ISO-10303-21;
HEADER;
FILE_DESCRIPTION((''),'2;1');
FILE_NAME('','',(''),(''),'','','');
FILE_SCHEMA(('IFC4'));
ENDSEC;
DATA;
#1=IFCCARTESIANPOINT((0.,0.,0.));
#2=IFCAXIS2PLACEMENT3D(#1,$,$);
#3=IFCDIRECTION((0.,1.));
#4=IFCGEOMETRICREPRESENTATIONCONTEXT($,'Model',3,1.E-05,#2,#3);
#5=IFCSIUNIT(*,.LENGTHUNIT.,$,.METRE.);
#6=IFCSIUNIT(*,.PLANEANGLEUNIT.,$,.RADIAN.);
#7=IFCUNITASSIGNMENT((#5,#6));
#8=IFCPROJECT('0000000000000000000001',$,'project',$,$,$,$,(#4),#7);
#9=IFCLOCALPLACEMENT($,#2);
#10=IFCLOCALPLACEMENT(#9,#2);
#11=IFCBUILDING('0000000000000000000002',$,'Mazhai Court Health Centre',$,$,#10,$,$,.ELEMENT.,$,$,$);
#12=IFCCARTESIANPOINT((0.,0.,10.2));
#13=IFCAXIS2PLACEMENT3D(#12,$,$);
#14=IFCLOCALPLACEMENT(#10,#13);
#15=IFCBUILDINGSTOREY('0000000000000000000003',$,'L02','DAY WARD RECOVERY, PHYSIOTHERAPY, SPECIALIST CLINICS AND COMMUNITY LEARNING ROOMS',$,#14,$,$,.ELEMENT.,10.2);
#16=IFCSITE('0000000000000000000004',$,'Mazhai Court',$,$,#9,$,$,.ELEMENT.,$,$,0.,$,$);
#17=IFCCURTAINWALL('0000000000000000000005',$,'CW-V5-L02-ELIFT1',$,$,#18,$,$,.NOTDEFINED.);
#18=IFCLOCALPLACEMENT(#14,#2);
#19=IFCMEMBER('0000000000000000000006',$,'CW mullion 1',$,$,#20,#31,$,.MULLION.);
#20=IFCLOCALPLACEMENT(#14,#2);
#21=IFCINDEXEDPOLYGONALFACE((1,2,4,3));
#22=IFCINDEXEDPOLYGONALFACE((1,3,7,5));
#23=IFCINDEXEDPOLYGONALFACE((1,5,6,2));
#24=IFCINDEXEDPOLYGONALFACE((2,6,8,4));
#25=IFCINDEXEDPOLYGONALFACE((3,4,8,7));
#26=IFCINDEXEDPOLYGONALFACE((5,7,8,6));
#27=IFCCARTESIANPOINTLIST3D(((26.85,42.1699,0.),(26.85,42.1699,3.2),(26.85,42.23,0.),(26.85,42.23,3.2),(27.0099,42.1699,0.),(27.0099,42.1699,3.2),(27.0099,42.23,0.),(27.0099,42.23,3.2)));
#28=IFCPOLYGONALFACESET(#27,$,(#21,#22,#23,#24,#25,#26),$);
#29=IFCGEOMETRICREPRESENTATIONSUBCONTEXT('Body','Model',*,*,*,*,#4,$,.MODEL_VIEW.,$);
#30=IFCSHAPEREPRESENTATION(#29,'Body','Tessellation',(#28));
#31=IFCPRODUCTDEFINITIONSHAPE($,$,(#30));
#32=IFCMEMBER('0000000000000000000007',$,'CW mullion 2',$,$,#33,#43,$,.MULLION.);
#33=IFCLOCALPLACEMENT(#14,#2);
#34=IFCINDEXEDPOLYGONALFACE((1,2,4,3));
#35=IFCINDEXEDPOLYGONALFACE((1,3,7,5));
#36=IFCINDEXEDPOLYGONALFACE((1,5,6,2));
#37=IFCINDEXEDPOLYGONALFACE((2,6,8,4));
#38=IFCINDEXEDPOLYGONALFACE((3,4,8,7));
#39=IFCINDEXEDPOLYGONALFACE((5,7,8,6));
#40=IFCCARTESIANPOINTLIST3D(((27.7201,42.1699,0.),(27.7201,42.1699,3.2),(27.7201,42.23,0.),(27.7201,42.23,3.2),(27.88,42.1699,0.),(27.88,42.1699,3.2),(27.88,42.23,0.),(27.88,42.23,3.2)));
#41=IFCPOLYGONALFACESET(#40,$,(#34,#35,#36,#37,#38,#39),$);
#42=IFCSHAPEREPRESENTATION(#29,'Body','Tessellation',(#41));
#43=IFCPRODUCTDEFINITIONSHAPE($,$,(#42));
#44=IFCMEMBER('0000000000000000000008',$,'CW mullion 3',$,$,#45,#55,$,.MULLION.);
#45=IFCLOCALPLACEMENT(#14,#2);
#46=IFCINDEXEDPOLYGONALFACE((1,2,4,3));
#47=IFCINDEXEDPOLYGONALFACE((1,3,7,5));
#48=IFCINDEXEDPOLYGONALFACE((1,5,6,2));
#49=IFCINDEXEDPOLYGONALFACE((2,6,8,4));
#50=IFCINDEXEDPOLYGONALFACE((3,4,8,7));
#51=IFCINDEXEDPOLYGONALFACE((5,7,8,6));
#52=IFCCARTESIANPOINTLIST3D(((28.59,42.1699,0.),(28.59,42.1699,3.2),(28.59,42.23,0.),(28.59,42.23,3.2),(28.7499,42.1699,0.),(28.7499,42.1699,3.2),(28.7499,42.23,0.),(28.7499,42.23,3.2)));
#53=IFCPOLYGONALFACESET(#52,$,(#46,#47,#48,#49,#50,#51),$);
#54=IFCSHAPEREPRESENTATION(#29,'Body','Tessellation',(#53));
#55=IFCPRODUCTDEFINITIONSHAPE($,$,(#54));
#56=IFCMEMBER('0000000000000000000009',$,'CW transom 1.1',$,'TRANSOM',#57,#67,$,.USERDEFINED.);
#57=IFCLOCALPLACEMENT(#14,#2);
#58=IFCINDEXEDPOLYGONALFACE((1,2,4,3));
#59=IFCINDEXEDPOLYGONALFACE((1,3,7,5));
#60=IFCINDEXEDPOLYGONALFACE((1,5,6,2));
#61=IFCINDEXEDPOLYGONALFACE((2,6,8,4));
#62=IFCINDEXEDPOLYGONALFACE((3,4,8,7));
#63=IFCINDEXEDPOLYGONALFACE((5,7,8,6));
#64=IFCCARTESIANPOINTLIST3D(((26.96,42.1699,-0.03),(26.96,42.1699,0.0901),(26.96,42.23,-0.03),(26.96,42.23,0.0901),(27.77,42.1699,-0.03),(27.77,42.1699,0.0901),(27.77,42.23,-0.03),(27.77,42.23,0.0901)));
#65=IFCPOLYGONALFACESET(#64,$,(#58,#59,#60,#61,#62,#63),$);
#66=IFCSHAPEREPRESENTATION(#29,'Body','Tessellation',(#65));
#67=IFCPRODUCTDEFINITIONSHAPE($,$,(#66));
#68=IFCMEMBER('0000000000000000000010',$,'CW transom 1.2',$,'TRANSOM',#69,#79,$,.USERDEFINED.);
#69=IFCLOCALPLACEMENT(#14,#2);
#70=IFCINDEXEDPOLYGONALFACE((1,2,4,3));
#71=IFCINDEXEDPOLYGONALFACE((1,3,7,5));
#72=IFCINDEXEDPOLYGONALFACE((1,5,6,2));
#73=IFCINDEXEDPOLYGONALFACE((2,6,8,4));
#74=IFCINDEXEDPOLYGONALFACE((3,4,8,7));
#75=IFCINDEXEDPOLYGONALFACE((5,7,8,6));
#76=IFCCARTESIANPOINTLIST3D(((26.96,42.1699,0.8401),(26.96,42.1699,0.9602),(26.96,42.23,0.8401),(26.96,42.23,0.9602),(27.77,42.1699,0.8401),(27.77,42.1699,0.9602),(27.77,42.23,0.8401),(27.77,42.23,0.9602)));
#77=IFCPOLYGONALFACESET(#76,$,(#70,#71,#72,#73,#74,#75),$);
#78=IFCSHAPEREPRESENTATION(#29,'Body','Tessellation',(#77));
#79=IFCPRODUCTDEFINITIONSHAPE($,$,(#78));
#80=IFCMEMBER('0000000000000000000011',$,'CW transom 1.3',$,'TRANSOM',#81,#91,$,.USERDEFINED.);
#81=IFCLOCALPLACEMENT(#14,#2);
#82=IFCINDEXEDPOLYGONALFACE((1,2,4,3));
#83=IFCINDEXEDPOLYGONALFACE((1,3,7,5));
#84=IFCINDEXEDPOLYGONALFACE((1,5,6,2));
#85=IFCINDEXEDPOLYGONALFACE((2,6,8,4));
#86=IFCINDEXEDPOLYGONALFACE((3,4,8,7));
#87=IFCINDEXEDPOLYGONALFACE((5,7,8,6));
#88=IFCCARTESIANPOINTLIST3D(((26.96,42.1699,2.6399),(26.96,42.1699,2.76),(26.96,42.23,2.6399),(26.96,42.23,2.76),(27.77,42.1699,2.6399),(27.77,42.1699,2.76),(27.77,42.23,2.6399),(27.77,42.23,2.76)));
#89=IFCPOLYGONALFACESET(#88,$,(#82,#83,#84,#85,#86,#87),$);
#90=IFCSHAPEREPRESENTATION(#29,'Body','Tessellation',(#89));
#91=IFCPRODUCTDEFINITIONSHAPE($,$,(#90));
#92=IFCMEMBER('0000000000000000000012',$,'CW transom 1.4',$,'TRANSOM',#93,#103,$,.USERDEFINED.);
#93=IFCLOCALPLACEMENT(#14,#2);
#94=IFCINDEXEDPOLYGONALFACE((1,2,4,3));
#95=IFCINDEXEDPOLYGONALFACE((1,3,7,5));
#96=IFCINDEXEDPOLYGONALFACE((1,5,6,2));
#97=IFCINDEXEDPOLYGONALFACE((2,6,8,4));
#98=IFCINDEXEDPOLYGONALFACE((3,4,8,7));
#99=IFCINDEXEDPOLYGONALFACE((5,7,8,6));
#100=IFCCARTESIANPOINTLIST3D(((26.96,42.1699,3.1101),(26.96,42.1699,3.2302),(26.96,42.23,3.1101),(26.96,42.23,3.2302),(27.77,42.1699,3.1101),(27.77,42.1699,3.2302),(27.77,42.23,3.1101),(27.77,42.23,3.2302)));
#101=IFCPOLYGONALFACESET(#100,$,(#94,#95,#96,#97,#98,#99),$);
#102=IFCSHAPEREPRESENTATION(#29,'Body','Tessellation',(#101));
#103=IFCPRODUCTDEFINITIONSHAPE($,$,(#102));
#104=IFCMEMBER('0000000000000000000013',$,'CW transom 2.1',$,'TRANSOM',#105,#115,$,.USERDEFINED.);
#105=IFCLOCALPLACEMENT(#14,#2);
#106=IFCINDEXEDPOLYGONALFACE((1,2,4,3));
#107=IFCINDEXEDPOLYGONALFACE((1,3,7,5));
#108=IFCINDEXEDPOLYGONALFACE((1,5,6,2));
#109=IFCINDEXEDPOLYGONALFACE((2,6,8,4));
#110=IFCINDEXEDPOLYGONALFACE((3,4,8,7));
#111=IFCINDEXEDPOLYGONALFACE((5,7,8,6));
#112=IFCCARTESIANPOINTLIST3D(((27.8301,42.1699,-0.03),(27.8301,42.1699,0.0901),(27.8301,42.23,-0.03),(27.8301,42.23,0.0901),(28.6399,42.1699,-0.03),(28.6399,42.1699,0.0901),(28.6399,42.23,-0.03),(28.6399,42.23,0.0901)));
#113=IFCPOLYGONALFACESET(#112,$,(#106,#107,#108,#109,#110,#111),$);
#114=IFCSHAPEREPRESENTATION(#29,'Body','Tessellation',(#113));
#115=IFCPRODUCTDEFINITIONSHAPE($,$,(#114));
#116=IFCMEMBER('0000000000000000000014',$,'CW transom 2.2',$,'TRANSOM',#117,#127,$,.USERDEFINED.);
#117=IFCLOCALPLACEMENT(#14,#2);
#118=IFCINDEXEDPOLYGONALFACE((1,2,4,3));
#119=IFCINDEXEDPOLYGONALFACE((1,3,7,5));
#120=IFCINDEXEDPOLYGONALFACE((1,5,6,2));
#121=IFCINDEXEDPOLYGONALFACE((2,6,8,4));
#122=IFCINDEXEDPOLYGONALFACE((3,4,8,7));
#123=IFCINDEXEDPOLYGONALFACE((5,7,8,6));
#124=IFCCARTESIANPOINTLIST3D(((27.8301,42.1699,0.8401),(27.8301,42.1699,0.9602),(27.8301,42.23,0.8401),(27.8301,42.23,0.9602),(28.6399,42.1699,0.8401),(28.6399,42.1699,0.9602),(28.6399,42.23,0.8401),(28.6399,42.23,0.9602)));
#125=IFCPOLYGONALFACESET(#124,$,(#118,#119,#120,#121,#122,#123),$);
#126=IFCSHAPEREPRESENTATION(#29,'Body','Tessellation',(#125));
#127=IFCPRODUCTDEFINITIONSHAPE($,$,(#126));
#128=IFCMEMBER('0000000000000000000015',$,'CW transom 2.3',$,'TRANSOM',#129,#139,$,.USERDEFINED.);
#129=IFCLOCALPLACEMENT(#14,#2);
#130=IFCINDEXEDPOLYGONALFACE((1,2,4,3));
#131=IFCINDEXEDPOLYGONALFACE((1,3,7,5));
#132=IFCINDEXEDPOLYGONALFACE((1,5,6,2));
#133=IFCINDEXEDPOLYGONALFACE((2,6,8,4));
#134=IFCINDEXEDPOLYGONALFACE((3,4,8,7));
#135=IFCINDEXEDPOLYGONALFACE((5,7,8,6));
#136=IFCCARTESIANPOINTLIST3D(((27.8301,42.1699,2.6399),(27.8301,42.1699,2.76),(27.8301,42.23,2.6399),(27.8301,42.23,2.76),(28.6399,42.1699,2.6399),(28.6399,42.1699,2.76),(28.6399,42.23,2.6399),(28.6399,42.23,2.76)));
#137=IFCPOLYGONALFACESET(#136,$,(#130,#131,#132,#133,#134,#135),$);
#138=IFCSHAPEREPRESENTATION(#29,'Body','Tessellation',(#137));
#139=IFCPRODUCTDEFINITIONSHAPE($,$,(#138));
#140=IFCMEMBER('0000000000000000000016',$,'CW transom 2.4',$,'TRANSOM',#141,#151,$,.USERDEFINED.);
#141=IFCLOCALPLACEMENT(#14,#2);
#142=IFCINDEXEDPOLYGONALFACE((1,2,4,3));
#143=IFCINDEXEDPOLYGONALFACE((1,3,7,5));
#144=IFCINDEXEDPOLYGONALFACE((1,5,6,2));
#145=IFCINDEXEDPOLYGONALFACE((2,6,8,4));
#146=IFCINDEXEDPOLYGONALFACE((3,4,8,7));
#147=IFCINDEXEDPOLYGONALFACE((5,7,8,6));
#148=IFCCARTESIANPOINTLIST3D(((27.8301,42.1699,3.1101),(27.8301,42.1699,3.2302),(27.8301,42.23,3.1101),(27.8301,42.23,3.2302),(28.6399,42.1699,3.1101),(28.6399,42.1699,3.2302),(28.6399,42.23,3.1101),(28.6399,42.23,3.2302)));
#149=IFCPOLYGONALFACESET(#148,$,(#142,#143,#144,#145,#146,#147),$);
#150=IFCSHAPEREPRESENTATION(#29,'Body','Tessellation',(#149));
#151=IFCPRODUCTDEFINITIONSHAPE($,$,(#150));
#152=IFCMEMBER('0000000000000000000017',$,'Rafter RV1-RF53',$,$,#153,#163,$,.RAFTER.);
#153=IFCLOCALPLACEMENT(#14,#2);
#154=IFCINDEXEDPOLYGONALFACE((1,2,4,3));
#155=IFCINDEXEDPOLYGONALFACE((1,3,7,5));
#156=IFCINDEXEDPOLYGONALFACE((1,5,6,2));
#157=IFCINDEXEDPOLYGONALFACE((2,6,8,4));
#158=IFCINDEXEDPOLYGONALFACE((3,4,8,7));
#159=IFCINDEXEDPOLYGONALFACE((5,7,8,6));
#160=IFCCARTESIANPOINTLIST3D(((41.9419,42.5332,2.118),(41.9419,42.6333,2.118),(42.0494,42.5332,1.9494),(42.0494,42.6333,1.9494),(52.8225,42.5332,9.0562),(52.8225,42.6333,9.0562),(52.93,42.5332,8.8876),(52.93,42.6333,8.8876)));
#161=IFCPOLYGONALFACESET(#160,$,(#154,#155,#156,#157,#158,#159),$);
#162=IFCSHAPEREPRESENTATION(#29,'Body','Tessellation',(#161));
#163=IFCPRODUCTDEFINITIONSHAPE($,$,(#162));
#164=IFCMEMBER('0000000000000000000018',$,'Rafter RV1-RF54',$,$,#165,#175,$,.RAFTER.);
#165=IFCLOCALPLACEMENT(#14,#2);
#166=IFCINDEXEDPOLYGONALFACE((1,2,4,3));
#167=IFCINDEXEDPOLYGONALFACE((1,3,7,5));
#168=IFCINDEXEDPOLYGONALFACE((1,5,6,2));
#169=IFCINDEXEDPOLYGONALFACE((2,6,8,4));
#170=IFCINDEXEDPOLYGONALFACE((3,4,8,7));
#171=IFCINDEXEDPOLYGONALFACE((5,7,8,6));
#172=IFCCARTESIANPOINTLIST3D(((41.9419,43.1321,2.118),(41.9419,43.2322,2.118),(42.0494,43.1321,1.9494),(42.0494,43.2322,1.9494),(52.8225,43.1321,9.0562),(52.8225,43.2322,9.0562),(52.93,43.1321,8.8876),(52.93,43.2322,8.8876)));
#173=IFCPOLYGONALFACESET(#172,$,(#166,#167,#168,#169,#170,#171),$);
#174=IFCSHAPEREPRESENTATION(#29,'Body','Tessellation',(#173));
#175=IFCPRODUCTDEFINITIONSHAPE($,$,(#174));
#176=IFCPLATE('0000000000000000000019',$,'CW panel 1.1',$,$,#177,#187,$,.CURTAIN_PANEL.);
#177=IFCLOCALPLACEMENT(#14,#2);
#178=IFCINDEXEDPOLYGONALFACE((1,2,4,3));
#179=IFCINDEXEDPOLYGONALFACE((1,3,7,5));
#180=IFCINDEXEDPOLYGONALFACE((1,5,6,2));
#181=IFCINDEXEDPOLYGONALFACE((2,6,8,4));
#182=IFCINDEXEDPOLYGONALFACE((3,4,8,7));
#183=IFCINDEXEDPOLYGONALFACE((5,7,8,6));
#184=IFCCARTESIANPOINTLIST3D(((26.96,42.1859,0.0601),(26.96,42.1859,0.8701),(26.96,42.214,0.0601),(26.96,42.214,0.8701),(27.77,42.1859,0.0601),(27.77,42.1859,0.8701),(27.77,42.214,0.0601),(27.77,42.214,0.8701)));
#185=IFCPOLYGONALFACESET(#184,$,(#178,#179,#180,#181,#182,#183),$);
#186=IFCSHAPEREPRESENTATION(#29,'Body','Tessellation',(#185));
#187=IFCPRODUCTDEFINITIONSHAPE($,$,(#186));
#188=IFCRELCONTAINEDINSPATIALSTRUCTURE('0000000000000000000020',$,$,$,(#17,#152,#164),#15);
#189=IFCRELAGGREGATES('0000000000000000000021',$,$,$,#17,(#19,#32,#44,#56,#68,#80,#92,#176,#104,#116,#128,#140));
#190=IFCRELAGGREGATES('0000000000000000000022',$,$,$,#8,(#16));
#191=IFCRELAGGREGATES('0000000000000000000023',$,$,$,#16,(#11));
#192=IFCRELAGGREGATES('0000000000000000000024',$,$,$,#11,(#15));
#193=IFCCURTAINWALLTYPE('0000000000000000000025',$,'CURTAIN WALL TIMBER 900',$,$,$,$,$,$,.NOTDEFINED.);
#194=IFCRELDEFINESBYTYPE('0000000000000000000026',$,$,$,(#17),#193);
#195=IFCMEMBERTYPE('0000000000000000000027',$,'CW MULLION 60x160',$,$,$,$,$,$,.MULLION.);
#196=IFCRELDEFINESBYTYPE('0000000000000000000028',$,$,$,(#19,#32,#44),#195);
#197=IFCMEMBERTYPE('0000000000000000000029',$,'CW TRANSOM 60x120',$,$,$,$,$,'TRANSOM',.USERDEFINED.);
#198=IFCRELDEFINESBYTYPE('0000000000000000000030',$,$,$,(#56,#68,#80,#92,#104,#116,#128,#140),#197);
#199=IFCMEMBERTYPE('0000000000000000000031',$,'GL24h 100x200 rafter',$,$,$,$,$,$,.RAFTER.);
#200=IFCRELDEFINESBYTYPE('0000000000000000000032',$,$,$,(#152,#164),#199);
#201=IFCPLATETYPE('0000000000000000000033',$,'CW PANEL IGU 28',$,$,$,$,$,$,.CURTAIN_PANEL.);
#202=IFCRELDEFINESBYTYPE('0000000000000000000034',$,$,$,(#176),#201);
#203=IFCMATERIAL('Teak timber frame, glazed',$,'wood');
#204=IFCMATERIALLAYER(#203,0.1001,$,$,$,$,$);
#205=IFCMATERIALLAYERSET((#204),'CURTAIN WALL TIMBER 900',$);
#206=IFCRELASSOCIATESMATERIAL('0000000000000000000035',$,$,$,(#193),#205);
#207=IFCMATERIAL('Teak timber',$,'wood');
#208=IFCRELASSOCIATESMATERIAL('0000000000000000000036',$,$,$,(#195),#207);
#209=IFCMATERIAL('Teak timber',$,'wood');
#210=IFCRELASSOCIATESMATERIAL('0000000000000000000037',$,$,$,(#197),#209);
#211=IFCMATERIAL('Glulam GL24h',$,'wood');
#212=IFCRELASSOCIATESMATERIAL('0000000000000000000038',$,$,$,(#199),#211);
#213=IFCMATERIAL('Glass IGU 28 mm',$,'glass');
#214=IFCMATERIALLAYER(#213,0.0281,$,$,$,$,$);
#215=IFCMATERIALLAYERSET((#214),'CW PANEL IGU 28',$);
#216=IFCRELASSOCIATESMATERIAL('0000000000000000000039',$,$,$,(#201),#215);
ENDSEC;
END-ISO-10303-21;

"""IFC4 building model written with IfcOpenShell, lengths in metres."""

from ifc_helpers import new_model, si_unit, direction, frame, origin, origin_2d, place, context, subcontext, project, spatial, rectangle, extrude, material, layer, layer_set, material_profile, profile_set, type_object, element, aggregate, save


model = new_model("IFC4")

# Units and contexts
model_context = context("Model", 3, precision=1e-05, world=origin(), true_north=direction((0.0, 1.0)))
body_context = subcontext(model_context, "Body", "Model", "MODEL_VIEW")
ifc_project = project(units=[si_unit("LENGTHUNIT", "METRE"), si_unit("PLANEANGLEUNIT", "RADIAN")], contexts=[model_context])

# Site, building, storey
site_placement = place(None, origin())
site = spatial("IfcSite", under=ifc_project, at=site_placement, Name="Mazhai Court", CompositionType="ELEMENT", RefElevation=0.0)
building_placement = place(site_placement, origin())
building = spatial("IfcBuilding", under=site, at=building_placement, Name="Mazhai Court Health Centre", CompositionType="ELEMENT")
storey_placement = place(building_placement, frame((0.0, 0.0, 10.2)))
storey = spatial("IfcBuildingStorey", under=building, at=storey_placement, Name="L02", Description="DAY WARD RECOVERY, PHYSIOTHERAPY, SPECIALIST CLINICS AND COMMUNITY LEARNING ROOMS", CompositionType="ELEMENT", Elevation=10.2)

# Curtain wall, members
ifc_material_1 = material(Name="Teak timber frame, glazed", Category="wood")
ifc_layer_1 = layer(ifc_material_1, 0.1001)
ifc_layer_set_1 = layer_set([ifc_layer_1], Name="CURTAIN WALL TIMBER 900")
curtain_wall_type = type_object("IfcCurtainWallType", Name="CURTAIN WALL TIMBER 900", PredefinedType="NOTDEFINED", material=ifc_layer_set_1)
curtain_wall_placement = place(storey_placement, origin())
curtain_wall = element("IfcCurtainWall", 1, at=curtain_wall_placement, inside=storey, type_object=curtain_wall_type, Name="CW-V5-L02-ELIFT1", PredefinedType="NOTDEFINED")
ifc_material_2 = material(Name="Teak timber", Category="wood")
ifc_material_profile_1 = material_profile(ifc_material_2, rectangle(XDim=0.0601, YDim=0.1599, at=origin_2d()), Name="CW MULLION 60x160")
ifc_profile_set_1 = profile_set([ifc_material_profile_1], Name="Teak timber")
member_type_1 = type_object("IfcMemberType", Name="CW MULLION 60x160", PredefinedType="MULLION", material=ifc_profile_set_1)
member_1_placement = place(storey_placement, frame((26.9299, 42.2, 0.0), z_axis=(0.0, 0.0, 1.0), x_axis=(0.0, 1.0, 0.0)))
member_1 = element("IfcMember", 2, at=member_1_placement, type_object=member_type_1, Name="CW mullion 1", PredefinedType="MULLION", context=body_context, shape_type="SweptSolid", body=[
    extrude(rectangle(XDim=0.0601, YDim=0.1599, at=origin_2d()), origin(), (0.0, 0.0, 1.0), 3.2),
])
member_2_placement = place(storey_placement, frame((27.8, 42.2, 0.0), z_axis=(0.0, 0.0, 1.0), x_axis=(0.0, 1.0, 0.0)))
member_2 = element("IfcMember", 3, at=member_2_placement, type_object=member_type_1, Name="CW mullion 2", PredefinedType="MULLION", context=body_context, shape_type="SweptSolid", body=[
    extrude(rectangle(XDim=0.0601, YDim=0.1599, at=origin_2d()), origin(), (0.0, 0.0, 1.0), 3.2),
])
member_3_placement = place(storey_placement, frame((28.6699, 42.2, 0.0), z_axis=(0.0, 0.0, 1.0), x_axis=(0.0, 1.0, 0.0)))
member_3 = element("IfcMember", 4, at=member_3_placement, type_object=member_type_1, Name="CW mullion 3", PredefinedType="MULLION", context=body_context, shape_type="SweptSolid", body=[
    extrude(rectangle(XDim=0.0601, YDim=0.1599, at=origin_2d()), origin(), (0.0, 0.0, 1.0), 3.2),
])
ifc_material_3 = material(Name="Teak timber", Category="wood")
ifc_material_profile_2 = material_profile(ifc_material_3, rectangle(XDim=0.0601, YDim=0.1201, at=origin_2d()), Name="CW TRANSOM 60x120")
ifc_profile_set_2 = profile_set([ifc_material_profile_2], Name="Teak timber")
member_type_2 = type_object("IfcMemberType", Name="CW TRANSOM 60x120", ElementType="TRANSOM", PredefinedType="USERDEFINED", material=ifc_profile_set_2)
member_4_placement = place(storey_placement, frame((26.96, 42.2, 0.03), z_axis=(1.0, 0.0, 0.0), x_axis=(0.0, 1.0, 0.0)))
member_4 = element("IfcMember", 5, at=member_4_placement, type_object=member_type_2, Name="CW transom 1.1", ObjectType="TRANSOM", PredefinedType="USERDEFINED", context=body_context, shape_type="SweptSolid", body=[
    extrude(rectangle(XDim=0.0601, YDim=0.1201, at=origin_2d()), origin(), (0.0, 0.0, 1.0), 0.8101),
])
member_5_placement = place(storey_placement, frame((26.96, 42.2, 0.9001), z_axis=(1.0, 0.0, 0.0), x_axis=(0.0, 1.0, 0.0)))
member_5 = element("IfcMember", 6, at=member_5_placement, type_object=member_type_2, Name="CW transom 1.2", ObjectType="TRANSOM", PredefinedType="USERDEFINED", context=body_context, shape_type="SweptSolid", body=[
    extrude(rectangle(XDim=0.0601, YDim=0.1201, at=origin_2d()), origin(), (0.0, 0.0, 1.0), 0.8101),
])
member_6_placement = place(storey_placement, frame((26.96, 42.2, 2.7), z_axis=(1.0, 0.0, 0.0), x_axis=(0.0, 1.0, 0.0)))
member_6 = element("IfcMember", 7, at=member_6_placement, type_object=member_type_2, Name="CW transom 1.3", ObjectType="TRANSOM", PredefinedType="USERDEFINED", context=body_context, shape_type="SweptSolid", body=[
    extrude(rectangle(XDim=0.0601, YDim=0.1201, at=origin_2d()), origin(), (0.0, 0.0, 1.0), 0.8101),
])
member_7_placement = place(storey_placement, frame((26.96, 42.2, 3.1702), z_axis=(1.0, 0.0, 0.0), x_axis=(0.0, 1.0, 0.0)))
member_7 = element("IfcMember", 8, at=member_7_placement, type_object=member_type_2, Name="CW transom 1.4", ObjectType="TRANSOM", PredefinedType="USERDEFINED", context=body_context, shape_type="SweptSolid", body=[
    extrude(rectangle(XDim=0.0601, YDim=0.1201, at=origin_2d()), origin(), (0.0, 0.0, 1.0), 0.8101),
])
member_8_placement = place(storey_placement, frame((27.8301, 42.2, 0.03), z_axis=(1.0, 0.0, 0.0), x_axis=(0.0, 1.0, 0.0)))
member_8 = element("IfcMember", 9, at=member_8_placement, type_object=member_type_2, Name="CW transom 2.1", ObjectType="TRANSOM", PredefinedType="USERDEFINED", context=body_context, shape_type="SweptSolid", body=[
    extrude(rectangle(XDim=0.0601, YDim=0.1201, at=origin_2d()), origin(), (0.0, 0.0, 1.0), 0.8098),
])
member_9_placement = place(storey_placement, frame((27.8301, 42.2, 0.9001), z_axis=(1.0, 0.0, 0.0), x_axis=(0.0, 1.0, 0.0)))
member_9 = element("IfcMember", 10, at=member_9_placement, type_object=member_type_2, Name="CW transom 2.2", ObjectType="TRANSOM", PredefinedType="USERDEFINED", context=body_context, shape_type="SweptSolid", body=[
    extrude(rectangle(XDim=0.0601, YDim=0.1201, at=origin_2d()), origin(), (0.0, 0.0, 1.0), 0.8098),
])
member_10_placement = place(storey_placement, frame((27.8301, 42.2, 2.7), z_axis=(1.0, 0.0, 0.0), x_axis=(0.0, 1.0, 0.0)))
member_10 = element("IfcMember", 11, at=member_10_placement, type_object=member_type_2, Name="CW transom 2.3", ObjectType="TRANSOM", PredefinedType="USERDEFINED", context=body_context, shape_type="SweptSolid", body=[
    extrude(rectangle(XDim=0.0601, YDim=0.1201, at=origin_2d()), origin(), (0.0, 0.0, 1.0), 0.8098),
])
member_11_placement = place(storey_placement, frame((27.8301, 42.2, 3.1702), z_axis=(1.0, 0.0, 0.0), x_axis=(0.0, 1.0, 0.0)))
member_11 = element("IfcMember", 12, at=member_11_placement, type_object=member_type_2, Name="CW transom 2.4", ObjectType="TRANSOM", PredefinedType="USERDEFINED", context=body_context, shape_type="SweptSolid", body=[
    extrude(rectangle(XDim=0.0601, YDim=0.1201, at=origin_2d()), origin(), (0.0, 0.0, 1.0), 0.8098),
])

# Members
ifc_material_4 = material(Name="Glulam GL24h", Category="wood")
ifc_material_profile_3 = material_profile(ifc_material_4, rectangle(XDim=0.1001, YDim=0.2, at=origin_2d()), Name="GL24h 100x200")
ifc_profile_set_3 = profile_set([ifc_material_profile_3], Name="Glulam GL24h")
member_type_3 = type_object("IfcMemberType", Name="GL24h 100x200 rafter", PredefinedType="RAFTER", material=ifc_profile_set_3)
for number, where, z_axis, x_axis, name in (
    (13, (41.9956, 42.5833, 2.0337), (0.843163, 0.0, 0.537659), (0.0, 1.0, 0.0), "Rafter RV1-RF53"),
    (14, (41.9956, 43.1821, 2.0337), (0.843163, 0.0, 0.537659), (0.0, 1.0, 0.0), "Rafter RV1-RF54"),
):
    element("IfcMember", number, at=place(storey_placement, frame(where, z_axis=z_axis, x_axis=x_axis)), inside=storey, type_object=member_type_3, Name=name, PredefinedType="RAFTER", context=body_context, shape_type="SweptSolid", body=[
        extrude(rectangle(XDim=0.1001, YDim=0.2, at=origin_2d()), origin(), (0.0, 0.0, 1.0), 12.9045),
    ])

# Plate
ifc_material_5 = material(Name="Glass IGU 28 mm", Category="glass")
ifc_layer_2 = layer(ifc_material_5, 0.0281)
ifc_layer_set_2 = layer_set([ifc_layer_2], Name="CW PANEL IGU 28")
plate_type = type_object("IfcPlateType", Name="CW PANEL IGU 28", PredefinedType="CURTAIN_PANEL", material=ifc_layer_set_2)
plate_1_placement = place(storey_placement, frame((27.365, 42.2, 0.0601), z_axis=(0.0, 0.0, 1.0), x_axis=(1.0, 0.0, 0.0)))
plate_1 = element("IfcPlate", 15, at=plate_1_placement, type_object=plate_type, Name="CW panel 1.1", PredefinedType="CURTAIN_PANEL", context=body_context, shape_type="SweptSolid", body=[
    extrude(rectangle(XDim=0.8101, YDim=0.0281, at=origin_2d()), origin(), (0.0, 0.0, 1.0), 0.8101),
])
aggregate(curtain_wall, [member_1, member_2, member_3, member_4, member_5, member_6, member_7, plate_1, member_8, member_9, member_10, member_11])

save(model, "model.ifc")
